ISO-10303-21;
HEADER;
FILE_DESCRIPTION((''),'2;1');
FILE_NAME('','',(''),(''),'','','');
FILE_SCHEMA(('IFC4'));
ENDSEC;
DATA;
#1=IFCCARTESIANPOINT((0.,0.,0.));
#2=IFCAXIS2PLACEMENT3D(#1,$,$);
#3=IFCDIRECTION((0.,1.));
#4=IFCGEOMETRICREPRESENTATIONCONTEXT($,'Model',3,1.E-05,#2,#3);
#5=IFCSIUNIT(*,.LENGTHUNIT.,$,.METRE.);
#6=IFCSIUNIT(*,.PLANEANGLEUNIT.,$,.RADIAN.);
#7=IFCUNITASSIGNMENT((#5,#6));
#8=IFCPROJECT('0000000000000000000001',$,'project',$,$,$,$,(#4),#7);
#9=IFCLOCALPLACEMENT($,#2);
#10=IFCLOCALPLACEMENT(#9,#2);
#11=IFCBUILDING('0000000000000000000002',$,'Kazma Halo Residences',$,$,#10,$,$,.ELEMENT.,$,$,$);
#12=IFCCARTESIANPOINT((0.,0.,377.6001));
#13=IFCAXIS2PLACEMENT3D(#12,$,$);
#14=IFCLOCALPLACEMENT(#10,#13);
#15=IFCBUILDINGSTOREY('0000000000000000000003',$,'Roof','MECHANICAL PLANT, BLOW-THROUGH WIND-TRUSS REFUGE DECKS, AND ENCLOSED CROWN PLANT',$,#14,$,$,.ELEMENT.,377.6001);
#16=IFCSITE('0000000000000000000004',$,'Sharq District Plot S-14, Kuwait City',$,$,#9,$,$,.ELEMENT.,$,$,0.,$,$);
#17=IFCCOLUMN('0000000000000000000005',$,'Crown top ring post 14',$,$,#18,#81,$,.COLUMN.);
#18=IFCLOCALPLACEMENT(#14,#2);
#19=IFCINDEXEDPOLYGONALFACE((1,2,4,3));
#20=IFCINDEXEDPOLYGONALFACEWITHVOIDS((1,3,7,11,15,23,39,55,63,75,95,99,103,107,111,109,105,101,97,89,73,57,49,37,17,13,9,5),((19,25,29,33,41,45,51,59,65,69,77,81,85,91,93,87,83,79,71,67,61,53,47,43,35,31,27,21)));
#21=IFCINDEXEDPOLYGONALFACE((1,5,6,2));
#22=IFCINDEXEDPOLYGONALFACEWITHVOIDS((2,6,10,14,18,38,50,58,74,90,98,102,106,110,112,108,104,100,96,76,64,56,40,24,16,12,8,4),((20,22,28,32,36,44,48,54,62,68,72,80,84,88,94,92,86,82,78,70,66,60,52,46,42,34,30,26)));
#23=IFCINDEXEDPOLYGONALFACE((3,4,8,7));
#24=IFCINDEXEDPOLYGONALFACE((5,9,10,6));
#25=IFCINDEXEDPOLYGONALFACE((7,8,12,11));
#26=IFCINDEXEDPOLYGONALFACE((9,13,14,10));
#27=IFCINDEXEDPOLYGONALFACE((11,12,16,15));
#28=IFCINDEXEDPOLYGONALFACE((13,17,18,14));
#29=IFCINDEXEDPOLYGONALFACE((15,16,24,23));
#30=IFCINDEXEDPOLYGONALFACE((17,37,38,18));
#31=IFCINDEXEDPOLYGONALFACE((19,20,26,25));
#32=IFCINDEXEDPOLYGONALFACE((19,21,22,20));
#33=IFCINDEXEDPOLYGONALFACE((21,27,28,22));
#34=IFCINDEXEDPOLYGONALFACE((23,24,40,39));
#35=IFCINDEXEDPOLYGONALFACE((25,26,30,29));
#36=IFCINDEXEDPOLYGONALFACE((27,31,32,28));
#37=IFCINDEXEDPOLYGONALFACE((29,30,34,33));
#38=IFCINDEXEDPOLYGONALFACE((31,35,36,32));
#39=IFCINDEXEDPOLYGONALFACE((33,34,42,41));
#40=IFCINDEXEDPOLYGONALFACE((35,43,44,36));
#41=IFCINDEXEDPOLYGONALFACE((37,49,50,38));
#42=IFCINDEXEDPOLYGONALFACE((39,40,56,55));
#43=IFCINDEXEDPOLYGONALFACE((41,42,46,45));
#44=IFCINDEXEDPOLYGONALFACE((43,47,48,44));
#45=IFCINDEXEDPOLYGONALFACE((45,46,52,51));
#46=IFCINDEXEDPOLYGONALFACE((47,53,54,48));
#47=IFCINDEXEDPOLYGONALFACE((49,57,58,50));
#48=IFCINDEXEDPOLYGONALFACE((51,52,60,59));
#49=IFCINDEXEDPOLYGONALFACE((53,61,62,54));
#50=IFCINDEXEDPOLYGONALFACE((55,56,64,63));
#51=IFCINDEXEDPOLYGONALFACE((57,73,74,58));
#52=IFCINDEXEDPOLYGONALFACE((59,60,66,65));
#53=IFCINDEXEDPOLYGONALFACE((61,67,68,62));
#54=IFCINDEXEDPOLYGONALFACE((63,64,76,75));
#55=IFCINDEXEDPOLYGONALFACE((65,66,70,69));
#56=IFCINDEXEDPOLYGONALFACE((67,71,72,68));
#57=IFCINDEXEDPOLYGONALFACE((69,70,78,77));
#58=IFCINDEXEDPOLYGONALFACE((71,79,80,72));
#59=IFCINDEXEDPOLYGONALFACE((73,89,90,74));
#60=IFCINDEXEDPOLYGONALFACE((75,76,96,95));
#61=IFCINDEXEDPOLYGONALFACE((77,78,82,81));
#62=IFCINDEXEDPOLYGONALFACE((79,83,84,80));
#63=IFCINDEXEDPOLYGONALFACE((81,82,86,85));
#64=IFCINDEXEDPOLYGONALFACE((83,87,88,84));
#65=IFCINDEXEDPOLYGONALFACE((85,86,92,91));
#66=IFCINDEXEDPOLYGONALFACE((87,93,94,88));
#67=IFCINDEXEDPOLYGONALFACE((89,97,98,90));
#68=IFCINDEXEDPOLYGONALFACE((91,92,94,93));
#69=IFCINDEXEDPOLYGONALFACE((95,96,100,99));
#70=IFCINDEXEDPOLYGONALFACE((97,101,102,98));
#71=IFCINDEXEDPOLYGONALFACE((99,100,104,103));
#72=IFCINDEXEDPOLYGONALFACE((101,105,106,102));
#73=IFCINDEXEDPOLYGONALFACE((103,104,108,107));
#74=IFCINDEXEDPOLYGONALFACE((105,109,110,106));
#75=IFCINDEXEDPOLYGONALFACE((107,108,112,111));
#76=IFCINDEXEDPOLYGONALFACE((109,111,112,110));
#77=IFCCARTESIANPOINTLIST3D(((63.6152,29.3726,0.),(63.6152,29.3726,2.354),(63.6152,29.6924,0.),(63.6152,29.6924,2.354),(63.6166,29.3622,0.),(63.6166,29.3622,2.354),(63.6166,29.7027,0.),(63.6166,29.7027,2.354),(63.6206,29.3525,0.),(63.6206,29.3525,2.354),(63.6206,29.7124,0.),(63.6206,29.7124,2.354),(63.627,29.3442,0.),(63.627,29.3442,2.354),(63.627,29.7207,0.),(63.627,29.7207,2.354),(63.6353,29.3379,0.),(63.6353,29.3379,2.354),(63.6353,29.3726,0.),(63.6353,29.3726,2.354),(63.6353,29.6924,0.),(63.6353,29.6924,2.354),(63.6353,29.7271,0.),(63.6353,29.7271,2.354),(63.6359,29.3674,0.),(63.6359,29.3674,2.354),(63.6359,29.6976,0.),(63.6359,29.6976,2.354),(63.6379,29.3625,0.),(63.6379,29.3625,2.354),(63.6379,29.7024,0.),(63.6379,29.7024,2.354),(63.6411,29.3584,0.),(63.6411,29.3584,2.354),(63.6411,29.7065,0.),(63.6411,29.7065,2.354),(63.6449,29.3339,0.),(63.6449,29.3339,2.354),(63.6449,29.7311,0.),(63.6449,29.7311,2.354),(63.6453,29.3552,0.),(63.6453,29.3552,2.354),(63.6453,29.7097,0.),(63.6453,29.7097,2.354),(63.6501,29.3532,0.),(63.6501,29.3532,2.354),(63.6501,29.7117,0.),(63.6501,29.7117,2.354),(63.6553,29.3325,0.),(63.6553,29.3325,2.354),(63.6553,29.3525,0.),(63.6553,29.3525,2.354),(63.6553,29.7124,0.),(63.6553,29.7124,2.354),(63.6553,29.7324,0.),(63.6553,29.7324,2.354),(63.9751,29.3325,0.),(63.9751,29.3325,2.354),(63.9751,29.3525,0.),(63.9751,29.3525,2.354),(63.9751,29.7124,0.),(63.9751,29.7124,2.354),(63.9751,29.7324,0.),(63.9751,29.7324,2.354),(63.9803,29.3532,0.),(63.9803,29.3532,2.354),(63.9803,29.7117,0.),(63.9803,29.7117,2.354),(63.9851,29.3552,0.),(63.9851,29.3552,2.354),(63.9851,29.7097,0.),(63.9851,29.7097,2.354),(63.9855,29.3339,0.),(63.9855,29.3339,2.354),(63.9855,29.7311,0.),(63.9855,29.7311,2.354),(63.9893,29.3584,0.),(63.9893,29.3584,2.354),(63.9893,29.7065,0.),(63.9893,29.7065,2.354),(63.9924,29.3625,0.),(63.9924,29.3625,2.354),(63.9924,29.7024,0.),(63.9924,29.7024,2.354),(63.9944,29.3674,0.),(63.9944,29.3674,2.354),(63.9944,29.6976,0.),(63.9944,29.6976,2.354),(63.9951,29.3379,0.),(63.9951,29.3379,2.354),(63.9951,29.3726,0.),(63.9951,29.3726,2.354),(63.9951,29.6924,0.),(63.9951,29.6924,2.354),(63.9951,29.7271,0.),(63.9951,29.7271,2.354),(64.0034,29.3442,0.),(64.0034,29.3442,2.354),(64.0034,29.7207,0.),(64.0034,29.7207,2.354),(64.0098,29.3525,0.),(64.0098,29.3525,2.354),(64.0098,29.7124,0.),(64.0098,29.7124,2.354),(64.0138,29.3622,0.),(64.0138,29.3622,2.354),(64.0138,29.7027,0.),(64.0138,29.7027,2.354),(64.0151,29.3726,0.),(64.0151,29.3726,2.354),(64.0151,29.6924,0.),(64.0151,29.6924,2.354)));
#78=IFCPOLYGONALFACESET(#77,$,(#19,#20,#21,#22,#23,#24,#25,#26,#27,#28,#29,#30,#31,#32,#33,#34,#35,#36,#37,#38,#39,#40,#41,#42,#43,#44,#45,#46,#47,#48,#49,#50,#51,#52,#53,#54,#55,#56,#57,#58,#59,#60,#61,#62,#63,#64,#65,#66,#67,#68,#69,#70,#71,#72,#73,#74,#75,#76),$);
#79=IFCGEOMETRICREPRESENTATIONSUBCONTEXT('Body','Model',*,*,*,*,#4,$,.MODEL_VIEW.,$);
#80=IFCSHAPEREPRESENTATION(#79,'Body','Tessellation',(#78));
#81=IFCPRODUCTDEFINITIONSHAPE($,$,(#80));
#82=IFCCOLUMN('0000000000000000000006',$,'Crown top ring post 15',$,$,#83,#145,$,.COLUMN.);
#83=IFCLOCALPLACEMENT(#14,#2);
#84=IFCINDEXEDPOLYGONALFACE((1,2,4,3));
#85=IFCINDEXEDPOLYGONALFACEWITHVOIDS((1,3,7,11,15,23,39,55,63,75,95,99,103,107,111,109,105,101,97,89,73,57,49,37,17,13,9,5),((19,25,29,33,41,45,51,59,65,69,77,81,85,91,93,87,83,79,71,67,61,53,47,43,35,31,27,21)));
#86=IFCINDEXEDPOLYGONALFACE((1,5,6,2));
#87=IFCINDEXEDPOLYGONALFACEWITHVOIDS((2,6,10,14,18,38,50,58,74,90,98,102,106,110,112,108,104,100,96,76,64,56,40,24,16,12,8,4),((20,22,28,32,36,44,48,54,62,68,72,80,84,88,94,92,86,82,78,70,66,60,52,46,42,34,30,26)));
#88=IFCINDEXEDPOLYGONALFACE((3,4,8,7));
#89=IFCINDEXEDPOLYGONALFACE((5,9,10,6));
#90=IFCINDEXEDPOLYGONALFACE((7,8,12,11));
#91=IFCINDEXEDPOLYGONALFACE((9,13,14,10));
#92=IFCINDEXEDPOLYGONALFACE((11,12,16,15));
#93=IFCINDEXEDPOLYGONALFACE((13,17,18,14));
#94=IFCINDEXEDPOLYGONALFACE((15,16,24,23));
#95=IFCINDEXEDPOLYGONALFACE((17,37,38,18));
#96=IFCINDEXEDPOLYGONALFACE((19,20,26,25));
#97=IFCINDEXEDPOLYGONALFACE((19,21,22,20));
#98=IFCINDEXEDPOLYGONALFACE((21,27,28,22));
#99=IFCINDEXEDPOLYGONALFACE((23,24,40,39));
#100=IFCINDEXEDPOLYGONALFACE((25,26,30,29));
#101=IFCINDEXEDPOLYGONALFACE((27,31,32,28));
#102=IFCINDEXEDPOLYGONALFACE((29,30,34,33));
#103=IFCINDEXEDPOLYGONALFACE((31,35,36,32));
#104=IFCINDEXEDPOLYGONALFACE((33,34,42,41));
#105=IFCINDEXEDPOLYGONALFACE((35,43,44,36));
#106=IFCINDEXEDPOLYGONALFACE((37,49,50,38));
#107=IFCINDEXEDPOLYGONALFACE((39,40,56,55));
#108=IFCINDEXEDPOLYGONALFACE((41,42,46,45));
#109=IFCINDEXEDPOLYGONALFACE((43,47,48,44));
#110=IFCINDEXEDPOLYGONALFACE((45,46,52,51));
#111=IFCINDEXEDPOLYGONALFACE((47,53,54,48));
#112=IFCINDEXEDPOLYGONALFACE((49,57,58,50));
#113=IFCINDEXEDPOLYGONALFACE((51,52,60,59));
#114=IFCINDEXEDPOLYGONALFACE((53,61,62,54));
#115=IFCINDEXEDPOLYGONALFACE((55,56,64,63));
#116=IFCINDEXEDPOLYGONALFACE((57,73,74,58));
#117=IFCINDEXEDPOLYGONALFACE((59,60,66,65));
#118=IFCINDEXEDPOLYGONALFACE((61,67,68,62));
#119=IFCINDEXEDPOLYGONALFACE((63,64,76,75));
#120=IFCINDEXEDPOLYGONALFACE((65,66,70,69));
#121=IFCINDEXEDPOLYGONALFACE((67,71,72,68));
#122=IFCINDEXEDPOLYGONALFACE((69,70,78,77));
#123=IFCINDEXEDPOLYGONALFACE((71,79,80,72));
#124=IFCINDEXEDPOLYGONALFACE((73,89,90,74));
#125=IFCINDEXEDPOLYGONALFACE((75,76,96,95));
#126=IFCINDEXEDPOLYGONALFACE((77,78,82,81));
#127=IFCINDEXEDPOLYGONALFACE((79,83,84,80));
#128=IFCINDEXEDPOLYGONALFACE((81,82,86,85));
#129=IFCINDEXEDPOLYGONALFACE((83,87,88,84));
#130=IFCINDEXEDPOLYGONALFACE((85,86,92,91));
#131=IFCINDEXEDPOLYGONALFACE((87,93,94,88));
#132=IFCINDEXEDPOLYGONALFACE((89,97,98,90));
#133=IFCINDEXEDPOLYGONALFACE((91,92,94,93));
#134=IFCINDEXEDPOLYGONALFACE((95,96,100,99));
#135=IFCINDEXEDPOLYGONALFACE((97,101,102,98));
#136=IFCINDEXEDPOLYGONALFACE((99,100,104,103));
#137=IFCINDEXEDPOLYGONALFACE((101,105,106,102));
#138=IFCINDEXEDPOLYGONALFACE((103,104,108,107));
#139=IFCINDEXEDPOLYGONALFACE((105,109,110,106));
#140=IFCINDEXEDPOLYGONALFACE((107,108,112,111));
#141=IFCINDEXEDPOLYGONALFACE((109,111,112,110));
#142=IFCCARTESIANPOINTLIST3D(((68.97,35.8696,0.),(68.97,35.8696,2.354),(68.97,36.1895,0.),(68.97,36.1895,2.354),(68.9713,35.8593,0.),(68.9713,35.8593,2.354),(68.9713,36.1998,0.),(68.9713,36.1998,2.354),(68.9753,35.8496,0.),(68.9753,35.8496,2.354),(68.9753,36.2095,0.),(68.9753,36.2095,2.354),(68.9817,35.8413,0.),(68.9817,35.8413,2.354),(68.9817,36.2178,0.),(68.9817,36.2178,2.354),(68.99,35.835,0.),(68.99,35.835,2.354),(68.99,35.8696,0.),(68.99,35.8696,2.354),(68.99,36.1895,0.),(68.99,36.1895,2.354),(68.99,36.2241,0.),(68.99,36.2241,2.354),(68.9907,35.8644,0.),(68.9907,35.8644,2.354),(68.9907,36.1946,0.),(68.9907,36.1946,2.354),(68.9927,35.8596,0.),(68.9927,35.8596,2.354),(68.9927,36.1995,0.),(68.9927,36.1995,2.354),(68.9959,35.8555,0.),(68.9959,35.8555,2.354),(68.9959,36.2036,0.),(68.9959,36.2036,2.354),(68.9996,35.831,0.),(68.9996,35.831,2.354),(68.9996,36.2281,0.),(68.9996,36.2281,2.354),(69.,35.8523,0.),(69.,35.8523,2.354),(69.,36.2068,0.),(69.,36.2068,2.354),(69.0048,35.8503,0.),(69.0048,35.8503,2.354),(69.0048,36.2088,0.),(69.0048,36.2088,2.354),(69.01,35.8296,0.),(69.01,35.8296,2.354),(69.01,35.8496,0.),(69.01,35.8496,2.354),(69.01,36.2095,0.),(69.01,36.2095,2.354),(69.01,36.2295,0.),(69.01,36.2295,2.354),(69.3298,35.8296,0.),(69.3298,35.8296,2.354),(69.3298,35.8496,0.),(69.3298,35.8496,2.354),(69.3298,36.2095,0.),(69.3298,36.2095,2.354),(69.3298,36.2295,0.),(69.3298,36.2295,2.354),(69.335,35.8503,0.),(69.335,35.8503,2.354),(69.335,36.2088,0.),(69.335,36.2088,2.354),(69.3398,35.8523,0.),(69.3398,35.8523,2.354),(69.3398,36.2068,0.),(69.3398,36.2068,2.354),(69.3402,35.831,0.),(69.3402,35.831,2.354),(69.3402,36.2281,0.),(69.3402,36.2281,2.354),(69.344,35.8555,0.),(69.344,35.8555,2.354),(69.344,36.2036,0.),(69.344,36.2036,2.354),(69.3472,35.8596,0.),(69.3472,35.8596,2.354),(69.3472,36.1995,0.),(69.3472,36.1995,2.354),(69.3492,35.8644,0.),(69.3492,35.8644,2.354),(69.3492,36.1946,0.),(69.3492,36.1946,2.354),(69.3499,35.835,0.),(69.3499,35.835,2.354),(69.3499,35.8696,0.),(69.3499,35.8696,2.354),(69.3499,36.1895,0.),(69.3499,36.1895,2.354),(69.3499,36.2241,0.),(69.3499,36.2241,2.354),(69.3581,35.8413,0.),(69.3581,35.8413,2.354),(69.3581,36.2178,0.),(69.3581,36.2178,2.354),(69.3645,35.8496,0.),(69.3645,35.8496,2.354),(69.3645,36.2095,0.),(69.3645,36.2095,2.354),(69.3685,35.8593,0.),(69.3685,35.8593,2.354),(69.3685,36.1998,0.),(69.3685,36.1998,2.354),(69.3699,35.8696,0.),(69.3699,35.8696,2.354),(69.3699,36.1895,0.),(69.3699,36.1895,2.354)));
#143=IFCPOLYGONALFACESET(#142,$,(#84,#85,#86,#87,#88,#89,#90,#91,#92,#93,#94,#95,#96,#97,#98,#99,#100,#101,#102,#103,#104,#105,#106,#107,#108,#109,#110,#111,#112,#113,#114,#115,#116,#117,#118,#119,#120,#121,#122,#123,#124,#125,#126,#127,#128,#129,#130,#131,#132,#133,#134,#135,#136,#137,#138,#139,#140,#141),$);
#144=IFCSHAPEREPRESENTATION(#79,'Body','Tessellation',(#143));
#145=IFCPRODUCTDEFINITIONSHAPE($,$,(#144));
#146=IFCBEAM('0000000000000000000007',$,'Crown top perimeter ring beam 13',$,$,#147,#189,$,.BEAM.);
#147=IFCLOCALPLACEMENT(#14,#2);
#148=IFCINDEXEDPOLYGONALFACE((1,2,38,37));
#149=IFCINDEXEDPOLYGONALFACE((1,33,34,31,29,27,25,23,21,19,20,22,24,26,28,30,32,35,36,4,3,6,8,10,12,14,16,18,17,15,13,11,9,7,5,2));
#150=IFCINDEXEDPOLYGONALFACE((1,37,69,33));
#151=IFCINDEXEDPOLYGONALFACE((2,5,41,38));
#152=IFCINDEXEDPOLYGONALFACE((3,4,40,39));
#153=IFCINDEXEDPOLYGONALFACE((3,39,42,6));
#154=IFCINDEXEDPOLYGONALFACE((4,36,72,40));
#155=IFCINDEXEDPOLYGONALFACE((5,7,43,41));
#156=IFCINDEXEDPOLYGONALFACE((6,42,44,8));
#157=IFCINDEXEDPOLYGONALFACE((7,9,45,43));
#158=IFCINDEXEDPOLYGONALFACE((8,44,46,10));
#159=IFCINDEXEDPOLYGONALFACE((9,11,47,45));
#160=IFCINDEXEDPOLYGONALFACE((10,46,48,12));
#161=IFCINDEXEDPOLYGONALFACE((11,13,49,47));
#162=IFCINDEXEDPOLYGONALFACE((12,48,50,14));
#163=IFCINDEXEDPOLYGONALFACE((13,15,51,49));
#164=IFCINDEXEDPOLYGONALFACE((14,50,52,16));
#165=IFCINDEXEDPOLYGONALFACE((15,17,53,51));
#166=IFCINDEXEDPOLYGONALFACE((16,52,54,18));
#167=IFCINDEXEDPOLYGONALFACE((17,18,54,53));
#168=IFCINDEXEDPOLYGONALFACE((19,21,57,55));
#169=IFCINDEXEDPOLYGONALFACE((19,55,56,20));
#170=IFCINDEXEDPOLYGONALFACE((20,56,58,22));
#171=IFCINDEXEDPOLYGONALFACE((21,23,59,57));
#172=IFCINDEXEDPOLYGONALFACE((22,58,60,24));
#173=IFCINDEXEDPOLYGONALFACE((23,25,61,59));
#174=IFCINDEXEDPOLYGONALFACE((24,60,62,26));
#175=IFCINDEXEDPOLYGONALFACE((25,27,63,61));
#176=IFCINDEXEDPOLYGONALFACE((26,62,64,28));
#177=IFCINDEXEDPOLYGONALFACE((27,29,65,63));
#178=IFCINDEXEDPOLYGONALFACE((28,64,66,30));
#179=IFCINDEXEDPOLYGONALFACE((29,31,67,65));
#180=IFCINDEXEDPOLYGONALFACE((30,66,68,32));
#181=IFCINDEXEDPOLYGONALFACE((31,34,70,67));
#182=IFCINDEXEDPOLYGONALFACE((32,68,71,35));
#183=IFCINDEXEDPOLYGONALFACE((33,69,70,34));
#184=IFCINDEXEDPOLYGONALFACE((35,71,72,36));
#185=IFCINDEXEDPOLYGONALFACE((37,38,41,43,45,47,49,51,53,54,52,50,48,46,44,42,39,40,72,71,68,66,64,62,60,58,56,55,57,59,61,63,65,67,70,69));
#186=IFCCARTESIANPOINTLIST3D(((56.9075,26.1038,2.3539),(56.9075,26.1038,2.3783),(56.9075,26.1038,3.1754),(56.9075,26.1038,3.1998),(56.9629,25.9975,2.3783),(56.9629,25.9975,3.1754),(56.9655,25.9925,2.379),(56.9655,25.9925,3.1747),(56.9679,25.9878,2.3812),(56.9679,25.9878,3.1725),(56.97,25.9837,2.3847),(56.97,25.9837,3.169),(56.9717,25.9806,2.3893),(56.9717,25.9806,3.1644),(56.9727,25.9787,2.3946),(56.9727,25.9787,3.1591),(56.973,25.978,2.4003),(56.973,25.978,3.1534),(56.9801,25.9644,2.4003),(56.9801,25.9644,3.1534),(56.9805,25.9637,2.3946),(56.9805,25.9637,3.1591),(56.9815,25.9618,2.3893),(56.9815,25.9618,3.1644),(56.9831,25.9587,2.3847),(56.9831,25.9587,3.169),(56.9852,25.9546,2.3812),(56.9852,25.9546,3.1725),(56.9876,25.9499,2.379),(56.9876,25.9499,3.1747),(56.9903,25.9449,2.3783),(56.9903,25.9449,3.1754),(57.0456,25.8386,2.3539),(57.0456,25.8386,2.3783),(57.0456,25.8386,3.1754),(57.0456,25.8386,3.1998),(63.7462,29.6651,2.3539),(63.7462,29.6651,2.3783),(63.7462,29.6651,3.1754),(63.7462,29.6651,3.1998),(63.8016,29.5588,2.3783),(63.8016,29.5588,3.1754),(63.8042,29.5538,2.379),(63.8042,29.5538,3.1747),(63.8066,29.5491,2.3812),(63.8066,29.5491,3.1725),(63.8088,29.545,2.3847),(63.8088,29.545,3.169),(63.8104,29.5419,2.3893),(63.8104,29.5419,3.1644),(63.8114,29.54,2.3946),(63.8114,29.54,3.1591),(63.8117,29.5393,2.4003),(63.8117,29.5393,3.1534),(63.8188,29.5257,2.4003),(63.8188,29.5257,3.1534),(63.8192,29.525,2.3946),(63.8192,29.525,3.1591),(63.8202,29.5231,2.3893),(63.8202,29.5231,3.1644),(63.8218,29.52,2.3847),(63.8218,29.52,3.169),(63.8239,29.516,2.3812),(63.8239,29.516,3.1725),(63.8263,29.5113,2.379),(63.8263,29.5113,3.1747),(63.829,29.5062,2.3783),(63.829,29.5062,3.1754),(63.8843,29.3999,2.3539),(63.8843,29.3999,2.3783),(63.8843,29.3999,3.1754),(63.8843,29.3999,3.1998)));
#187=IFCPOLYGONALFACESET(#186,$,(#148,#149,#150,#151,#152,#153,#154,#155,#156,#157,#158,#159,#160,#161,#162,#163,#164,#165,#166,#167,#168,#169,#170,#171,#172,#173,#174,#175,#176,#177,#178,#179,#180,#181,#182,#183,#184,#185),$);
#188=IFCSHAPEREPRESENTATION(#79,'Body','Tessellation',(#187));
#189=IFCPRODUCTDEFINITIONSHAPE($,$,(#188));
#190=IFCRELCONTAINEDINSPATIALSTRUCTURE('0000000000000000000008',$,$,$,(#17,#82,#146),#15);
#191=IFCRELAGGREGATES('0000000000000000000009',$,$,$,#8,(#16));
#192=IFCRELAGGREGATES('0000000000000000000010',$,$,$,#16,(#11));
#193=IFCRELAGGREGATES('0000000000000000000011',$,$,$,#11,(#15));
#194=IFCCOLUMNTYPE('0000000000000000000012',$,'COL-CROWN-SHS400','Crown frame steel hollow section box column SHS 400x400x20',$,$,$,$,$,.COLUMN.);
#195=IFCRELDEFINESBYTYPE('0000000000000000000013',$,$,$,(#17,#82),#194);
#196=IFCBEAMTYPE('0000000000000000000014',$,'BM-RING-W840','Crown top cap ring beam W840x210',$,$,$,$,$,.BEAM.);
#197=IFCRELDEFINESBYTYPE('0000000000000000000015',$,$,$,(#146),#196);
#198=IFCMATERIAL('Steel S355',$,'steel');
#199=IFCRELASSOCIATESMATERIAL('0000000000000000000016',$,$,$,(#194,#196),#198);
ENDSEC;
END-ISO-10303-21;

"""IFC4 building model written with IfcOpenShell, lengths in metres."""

from ifc_helpers import new_model, si_unit, direction, frame, origin, origin_2d, place, context, subcontext, project, spatial, hollow_rectangle, i_section, extrude, material, material_profile, profile_set, type_object, element, save


model = new_model("IFC4")

# Units and contexts
model_context = context("Model", 3, precision=1e-05, world=origin(), true_north=direction((0.0, 1.0)))
body_context = subcontext(model_context, "Body", "Model", "MODEL_VIEW")
ifc_project = project(units=[si_unit("LENGTHUNIT", "METRE"), si_unit("PLANEANGLEUNIT", "RADIAN")], contexts=[model_context])

# Site, building, storey
site_placement = place(None, origin())
site = spatial("IfcSite", under=ifc_project, at=site_placement, Name="Sharq District Plot S-14, Kuwait City", CompositionType="ELEMENT", RefElevation=0.0)
building_placement = place(site_placement, origin())
building = spatial("IfcBuilding", under=site, at=building_placement, Name="Kazma Halo Residences", CompositionType="ELEMENT")
storey_placement = place(building_placement, frame((0.0, 0.0, 377.6001)))
storey = spatial("IfcBuildingStorey", under=building, at=storey_placement, Name="Roof", Description="MECHANICAL PLANT, BLOW-THROUGH WIND-TRUSS REFUGE DECKS, AND ENCLOSED CROWN PLANT", CompositionType="ELEMENT", Elevation=377.6001)

# Columns
ifc_material_1 = material(Name="Steel S355", Category="steel")
ifc_material_profile_1 = material_profile(ifc_material_1, hollow_rectangle(XDim=0.3999, YDim=0.3999, WallThickness=0.02, InnerFilletRadius=0.02, OuterFilletRadius=0.04, at=origin_2d()), Name="SHS400x400x20")
ifc_profile_set_1 = profile_set([ifc_material_profile_1], Name="Steel S355")
column_type = type_object("IfcColumnType", Name="COL-CROWN-SHS400", Description="Crown frame steel hollow section box column SHS 400x400x20", PredefinedType="COLUMN", material=ifc_profile_set_1)
for number, where, z_axis, x_axis, name in (
    (1, (63.8152, 29.5325, 0.0), (0.0, 0.0, 1.0), (1.0, 0.0, 0.0), "Crown top ring post 14"),
    (2, (69.1699, 36.0295, 0.0), (0.0, 0.0, 1.0), (1.0, 0.0, 0.0), "Crown top ring post 15"),
):
    element("IfcColumn", number, at=place(storey_placement, frame(where, z_axis=z_axis, x_axis=x_axis)), inside=storey, type_object=column_type, Name=name, PredefinedType="COLUMN", context=body_context, shape_type="SweptSolid", body=[
        extrude(hollow_rectangle(XDim=0.3999, YDim=0.3999, WallThickness=0.02, InnerFilletRadius=0.02, OuterFilletRadius=0.04, at=origin_2d()), origin(), (0.0, 0.0, 1.0), 2.354),
    ])

# Beam
ifc_material_profile_2 = material_profile(ifc_material_1, i_section(OverallWidth=0.2991, OverallDepth=0.8459, WebThickness=0.0154, FlangeThickness=0.0244, FilletRadius=0.022, at=origin_2d()), Name="W840x210")
ifc_profile_set_2 = profile_set([ifc_material_profile_2], Name="Steel S355")
beam_type_1 = type_object("IfcBeamType", Name="BM-RING-W840", Description="Crown top cap ring beam W840x210", PredefinedType="BEAM", material=ifc_profile_set_2)
beam_1_placement = place(storey_placement, frame((56.9766, 25.9712, 2.7769), z_axis=(0.886941, 0.461883, 0.0), x_axis=(-0.461883, 0.886941, 0.0)))
element("IfcBeam", 3, at=beam_1_placement, inside=storey, type_object=beam_type_1, Name="Crown top perimeter ring beam 13", PredefinedType="BEAM", context=body_context, shape_type="SweptSolid", body=[
    extrude(i_section(OverallWidth=0.2991, OverallDepth=0.8459, WebThickness=0.0154, FlangeThickness=0.0244, FilletRadius=0.022, at=origin_2d()), origin(), (0.0, 0.0, 1.0), 7.7104),
])

save(model, "model.ifc")
